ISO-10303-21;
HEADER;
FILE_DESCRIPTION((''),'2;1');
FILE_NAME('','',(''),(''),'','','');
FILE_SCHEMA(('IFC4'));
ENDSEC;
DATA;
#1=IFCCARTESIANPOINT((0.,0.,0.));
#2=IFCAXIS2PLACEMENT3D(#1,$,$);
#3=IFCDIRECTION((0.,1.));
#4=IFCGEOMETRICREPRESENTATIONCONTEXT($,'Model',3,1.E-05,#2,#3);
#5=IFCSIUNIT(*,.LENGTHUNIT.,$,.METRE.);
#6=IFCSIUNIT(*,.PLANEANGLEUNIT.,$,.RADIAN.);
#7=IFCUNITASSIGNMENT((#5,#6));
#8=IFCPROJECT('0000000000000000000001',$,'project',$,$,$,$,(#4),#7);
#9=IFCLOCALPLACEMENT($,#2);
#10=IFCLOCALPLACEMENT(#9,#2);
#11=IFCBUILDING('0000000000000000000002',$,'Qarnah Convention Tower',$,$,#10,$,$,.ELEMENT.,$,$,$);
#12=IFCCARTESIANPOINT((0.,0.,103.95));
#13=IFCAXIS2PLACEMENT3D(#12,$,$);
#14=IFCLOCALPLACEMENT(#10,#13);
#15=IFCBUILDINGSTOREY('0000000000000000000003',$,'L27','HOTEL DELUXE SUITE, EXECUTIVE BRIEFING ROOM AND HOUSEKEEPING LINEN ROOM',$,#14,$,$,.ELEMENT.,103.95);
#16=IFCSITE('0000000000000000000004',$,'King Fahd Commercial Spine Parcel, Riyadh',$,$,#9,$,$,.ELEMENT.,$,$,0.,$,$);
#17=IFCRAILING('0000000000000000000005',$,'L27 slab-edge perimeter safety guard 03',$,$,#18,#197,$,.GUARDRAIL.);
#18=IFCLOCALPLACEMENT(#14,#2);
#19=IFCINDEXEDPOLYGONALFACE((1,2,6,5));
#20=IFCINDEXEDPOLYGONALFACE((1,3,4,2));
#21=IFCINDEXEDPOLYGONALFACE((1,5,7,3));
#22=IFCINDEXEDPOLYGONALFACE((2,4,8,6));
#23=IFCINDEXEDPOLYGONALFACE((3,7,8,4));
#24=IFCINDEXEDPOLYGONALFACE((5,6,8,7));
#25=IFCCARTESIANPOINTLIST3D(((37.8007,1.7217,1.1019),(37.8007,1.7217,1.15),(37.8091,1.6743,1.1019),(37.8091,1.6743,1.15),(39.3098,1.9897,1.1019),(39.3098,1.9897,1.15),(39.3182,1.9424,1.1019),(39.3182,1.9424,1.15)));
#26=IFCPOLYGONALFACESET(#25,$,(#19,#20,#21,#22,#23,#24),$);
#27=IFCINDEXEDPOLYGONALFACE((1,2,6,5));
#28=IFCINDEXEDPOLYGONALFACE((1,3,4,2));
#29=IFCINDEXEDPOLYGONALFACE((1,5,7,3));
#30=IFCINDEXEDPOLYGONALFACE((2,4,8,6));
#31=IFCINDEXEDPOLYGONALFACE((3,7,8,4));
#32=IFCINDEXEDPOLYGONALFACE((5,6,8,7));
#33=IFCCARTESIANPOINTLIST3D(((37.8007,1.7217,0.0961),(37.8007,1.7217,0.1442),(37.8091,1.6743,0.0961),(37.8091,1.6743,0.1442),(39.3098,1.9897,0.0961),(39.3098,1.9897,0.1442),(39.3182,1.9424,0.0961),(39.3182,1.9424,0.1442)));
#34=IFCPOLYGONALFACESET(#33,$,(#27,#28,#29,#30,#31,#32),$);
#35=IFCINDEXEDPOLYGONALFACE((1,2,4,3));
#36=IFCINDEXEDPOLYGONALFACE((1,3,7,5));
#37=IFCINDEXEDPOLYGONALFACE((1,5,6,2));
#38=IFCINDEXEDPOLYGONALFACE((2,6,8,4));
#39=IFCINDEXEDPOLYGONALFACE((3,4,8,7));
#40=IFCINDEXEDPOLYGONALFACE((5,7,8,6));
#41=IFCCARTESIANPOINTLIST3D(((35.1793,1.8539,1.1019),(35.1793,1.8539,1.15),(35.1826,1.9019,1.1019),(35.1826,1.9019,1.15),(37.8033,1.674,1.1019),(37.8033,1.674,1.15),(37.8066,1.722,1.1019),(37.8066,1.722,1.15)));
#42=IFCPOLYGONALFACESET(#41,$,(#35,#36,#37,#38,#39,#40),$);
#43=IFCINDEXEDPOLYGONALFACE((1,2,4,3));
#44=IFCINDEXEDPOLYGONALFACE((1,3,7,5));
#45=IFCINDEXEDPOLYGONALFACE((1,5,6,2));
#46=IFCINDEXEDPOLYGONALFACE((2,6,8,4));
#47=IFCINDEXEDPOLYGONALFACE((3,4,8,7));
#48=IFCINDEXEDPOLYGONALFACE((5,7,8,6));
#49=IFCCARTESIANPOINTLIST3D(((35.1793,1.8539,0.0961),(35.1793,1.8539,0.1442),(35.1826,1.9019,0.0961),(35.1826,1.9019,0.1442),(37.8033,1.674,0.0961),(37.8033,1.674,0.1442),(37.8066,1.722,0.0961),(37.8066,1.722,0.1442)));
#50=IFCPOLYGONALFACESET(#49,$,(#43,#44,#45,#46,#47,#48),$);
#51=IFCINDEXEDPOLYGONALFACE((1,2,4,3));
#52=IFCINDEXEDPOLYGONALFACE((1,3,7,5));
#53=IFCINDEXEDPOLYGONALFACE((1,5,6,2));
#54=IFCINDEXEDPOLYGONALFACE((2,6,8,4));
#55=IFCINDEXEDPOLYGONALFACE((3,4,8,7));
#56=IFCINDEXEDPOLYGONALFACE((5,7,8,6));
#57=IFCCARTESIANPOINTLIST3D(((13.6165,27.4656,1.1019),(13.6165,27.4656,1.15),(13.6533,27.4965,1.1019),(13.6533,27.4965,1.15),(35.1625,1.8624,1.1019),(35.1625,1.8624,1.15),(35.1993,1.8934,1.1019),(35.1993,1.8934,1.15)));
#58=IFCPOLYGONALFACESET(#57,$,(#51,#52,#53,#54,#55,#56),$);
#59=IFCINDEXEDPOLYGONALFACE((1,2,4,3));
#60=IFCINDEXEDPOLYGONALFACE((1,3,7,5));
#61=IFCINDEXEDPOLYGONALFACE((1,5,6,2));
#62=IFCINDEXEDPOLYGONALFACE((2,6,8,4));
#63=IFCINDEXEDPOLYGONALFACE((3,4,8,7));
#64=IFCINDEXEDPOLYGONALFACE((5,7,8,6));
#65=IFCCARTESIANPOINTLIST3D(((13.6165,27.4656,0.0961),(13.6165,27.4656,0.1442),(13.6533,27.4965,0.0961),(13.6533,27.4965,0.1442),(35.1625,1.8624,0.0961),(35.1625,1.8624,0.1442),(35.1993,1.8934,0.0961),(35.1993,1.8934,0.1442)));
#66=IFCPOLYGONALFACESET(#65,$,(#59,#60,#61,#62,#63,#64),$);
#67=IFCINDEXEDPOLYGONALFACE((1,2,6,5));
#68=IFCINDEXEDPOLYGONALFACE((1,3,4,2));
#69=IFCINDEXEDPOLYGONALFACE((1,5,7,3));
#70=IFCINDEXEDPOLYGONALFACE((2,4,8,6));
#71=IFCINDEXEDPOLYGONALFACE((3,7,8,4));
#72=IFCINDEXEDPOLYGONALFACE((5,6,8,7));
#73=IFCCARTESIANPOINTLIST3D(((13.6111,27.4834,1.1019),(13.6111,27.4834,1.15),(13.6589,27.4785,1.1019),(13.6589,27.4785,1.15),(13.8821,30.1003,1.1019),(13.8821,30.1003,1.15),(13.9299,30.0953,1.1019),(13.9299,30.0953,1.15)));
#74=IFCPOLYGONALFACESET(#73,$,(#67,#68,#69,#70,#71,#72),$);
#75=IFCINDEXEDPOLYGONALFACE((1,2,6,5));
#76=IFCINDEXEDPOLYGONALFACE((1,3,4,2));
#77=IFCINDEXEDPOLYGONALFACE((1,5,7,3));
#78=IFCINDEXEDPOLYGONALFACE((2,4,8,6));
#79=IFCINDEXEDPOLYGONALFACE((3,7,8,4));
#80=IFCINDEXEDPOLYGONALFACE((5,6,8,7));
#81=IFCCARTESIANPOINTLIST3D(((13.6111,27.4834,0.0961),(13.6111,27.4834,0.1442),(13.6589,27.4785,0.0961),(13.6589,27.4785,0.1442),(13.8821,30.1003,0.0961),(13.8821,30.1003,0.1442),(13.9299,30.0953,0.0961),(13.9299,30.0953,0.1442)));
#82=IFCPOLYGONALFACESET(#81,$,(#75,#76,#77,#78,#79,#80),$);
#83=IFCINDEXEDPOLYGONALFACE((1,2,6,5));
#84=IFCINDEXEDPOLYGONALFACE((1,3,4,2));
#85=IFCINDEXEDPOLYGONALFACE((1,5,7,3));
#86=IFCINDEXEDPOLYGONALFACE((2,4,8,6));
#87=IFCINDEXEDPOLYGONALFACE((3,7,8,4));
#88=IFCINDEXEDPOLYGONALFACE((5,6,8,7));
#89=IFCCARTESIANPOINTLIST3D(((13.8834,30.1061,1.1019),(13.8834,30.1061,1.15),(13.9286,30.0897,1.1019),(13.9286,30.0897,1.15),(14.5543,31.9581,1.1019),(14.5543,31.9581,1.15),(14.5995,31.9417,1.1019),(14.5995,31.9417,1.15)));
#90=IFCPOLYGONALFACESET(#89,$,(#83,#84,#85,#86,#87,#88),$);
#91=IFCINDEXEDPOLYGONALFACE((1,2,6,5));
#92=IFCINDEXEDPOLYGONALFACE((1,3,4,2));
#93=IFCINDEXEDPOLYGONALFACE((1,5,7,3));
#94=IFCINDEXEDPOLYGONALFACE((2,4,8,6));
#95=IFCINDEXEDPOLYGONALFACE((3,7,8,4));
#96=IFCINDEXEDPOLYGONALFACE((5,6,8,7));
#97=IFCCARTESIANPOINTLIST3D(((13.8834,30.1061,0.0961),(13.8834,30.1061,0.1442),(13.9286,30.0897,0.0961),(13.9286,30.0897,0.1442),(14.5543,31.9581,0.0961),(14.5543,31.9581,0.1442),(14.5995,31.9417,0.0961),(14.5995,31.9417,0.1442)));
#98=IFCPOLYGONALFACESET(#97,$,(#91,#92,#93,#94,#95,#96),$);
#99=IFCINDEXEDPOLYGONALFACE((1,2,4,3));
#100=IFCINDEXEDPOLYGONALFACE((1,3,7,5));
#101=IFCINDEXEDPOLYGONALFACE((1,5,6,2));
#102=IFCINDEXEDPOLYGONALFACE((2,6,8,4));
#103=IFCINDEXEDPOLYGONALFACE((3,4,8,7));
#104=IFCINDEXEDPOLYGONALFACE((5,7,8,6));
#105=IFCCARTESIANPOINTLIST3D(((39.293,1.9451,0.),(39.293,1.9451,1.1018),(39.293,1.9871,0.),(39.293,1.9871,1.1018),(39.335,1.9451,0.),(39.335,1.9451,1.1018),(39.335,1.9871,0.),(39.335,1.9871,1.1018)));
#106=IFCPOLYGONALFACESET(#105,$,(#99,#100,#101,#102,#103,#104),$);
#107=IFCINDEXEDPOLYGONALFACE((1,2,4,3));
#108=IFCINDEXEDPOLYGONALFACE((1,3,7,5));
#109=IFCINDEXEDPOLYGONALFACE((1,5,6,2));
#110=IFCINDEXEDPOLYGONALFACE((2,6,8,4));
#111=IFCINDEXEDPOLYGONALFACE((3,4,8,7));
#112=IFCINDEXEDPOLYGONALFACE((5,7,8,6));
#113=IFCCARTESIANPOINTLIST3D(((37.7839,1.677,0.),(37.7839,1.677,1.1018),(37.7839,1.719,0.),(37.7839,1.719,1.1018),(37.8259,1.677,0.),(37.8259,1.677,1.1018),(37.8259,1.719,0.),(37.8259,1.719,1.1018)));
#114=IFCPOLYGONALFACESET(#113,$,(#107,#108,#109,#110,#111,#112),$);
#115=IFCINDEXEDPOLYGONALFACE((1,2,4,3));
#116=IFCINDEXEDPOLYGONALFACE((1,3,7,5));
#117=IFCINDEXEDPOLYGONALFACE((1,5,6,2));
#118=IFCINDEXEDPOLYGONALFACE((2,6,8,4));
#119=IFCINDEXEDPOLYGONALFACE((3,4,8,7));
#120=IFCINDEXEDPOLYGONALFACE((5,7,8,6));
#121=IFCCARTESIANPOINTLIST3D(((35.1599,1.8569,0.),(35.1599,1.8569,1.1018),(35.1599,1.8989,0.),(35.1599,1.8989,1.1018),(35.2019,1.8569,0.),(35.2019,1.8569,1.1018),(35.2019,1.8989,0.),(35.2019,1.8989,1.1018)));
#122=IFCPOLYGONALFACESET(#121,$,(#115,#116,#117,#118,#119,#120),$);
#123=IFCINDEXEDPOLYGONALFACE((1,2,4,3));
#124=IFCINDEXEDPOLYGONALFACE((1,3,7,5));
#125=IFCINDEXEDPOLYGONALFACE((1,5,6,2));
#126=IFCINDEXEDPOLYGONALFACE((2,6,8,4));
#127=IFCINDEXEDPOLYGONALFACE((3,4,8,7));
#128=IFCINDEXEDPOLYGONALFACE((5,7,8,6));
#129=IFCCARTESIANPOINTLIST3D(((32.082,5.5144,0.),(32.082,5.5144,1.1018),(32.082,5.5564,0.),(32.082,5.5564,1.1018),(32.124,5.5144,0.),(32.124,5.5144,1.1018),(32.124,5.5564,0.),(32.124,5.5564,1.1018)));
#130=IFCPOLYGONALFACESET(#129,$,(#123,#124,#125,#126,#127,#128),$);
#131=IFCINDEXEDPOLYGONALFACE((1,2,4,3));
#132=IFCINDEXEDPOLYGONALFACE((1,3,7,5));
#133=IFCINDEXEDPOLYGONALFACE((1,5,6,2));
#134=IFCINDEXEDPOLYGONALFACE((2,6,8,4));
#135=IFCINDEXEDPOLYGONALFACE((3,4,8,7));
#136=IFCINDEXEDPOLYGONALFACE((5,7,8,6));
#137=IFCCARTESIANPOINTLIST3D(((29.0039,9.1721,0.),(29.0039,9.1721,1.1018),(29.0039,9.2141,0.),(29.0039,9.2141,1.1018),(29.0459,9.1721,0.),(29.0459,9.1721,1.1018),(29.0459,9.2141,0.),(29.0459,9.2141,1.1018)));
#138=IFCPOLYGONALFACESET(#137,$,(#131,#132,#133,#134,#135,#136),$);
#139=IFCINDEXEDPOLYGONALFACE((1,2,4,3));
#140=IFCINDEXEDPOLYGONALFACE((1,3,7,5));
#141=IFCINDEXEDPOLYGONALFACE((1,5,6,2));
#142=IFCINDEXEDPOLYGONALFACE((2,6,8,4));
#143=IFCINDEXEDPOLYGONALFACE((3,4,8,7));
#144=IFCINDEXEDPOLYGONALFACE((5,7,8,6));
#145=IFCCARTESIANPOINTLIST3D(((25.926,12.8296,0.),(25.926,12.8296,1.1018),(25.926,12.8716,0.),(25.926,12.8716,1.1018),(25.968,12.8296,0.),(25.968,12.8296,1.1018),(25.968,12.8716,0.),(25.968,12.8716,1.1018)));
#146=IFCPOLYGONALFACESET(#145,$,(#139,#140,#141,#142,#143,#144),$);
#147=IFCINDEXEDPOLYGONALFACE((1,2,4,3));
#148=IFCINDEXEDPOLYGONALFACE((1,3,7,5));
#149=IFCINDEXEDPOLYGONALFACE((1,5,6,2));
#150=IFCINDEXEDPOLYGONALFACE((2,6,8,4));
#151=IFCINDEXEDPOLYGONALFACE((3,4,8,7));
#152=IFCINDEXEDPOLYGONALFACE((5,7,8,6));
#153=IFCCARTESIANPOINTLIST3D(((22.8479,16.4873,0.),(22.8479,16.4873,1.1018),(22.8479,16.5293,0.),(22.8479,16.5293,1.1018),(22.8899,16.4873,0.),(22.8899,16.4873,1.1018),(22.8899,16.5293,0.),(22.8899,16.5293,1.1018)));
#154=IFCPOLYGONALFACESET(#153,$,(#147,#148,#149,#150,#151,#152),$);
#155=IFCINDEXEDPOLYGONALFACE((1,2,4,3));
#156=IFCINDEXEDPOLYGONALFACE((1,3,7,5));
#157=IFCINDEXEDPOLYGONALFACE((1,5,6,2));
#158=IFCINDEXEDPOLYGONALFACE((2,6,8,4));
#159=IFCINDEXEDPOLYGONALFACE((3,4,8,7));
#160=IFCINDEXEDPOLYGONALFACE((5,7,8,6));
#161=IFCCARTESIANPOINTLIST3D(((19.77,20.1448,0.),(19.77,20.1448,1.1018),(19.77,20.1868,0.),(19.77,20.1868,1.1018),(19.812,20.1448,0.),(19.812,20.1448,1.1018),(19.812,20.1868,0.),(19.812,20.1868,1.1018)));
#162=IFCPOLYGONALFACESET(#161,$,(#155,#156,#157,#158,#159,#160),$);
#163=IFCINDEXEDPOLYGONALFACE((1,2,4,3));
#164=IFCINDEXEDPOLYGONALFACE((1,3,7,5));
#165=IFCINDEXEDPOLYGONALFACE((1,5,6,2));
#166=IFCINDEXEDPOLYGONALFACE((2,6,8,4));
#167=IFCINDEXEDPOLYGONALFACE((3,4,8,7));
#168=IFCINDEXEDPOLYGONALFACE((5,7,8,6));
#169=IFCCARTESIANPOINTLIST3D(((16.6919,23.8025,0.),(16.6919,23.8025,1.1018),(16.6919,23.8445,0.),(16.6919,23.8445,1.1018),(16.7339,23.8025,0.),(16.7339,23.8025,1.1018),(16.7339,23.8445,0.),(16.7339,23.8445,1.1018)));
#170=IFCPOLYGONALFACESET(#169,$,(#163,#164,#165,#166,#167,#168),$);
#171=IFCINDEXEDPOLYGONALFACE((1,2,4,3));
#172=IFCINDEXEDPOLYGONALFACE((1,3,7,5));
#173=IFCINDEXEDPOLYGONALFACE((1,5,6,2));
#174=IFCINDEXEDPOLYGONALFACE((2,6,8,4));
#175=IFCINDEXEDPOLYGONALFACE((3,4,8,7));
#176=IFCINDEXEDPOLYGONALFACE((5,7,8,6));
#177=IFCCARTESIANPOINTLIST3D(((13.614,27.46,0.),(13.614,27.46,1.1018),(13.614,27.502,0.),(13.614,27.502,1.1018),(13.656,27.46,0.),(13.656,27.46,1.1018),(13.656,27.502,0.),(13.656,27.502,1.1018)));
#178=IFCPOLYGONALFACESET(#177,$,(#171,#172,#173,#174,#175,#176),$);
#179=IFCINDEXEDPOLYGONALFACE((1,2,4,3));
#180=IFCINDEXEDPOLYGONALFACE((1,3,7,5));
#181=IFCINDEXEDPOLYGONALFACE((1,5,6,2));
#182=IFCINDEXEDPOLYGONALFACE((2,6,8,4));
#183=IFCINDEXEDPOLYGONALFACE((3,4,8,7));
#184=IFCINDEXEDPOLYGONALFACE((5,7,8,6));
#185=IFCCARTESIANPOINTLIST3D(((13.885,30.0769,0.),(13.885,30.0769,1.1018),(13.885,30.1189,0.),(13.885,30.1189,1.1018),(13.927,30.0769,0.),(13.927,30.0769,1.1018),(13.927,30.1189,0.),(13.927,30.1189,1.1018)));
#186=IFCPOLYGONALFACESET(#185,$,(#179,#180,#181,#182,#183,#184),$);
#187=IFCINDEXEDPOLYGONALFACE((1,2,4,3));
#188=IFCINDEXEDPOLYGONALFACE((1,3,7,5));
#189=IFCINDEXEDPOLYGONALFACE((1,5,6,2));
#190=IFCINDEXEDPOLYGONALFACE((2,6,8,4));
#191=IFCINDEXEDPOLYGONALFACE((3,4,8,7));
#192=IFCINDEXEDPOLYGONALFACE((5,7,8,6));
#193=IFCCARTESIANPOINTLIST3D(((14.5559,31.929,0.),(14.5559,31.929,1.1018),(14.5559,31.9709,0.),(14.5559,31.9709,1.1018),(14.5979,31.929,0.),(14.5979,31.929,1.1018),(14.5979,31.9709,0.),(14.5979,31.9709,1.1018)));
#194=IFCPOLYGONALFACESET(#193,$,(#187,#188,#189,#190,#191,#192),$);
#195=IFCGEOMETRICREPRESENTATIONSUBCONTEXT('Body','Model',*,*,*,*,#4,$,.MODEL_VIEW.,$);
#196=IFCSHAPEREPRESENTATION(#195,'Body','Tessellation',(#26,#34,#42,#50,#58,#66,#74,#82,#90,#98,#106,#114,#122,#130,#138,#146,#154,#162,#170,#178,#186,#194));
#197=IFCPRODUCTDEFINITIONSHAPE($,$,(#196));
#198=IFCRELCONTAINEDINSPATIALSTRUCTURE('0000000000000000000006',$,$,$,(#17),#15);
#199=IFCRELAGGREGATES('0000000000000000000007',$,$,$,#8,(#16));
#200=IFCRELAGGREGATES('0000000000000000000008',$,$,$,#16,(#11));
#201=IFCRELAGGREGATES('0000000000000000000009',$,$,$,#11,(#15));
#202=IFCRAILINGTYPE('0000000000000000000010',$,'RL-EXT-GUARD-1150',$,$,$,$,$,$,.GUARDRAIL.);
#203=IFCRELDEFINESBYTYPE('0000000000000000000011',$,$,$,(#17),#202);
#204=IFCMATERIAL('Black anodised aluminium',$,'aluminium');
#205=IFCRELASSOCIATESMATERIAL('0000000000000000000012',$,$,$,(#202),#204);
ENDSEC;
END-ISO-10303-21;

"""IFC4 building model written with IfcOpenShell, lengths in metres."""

from ifc_helpers import new_model, si_unit, direction, frame, origin, origin_2d, place, context, subcontext, project, spatial, rectangle, extrude, material, type_object, element, save


model = new_model("IFC4")

# Units and contexts
model_context = context("Model", 3, precision=1e-05, world=origin(), true_north=direction((0.0, 1.0)))
body_context = subcontext(model_context, "Body", "Model", "MODEL_VIEW")
ifc_project = project(units=[si_unit("LENGTHUNIT", "METRE"), si_unit("PLANEANGLEUNIT", "RADIAN")], contexts=[model_context])

# Site, building, storey
site_placement = place(None, origin())
site = spatial("IfcSite", under=ifc_project, at=site_placement, Name="King Fahd Commercial Spine Parcel, Riyadh", CompositionType="ELEMENT", RefElevation=0.0)
building_placement = place(site_placement, origin())
building = spatial("IfcBuilding", under=site, at=building_placement, Name="Qarnah Convention Tower", CompositionType="ELEMENT")
storey_placement = place(building_placement, frame((0.0, 0.0, 103.95)))
storey = spatial("IfcBuildingStorey", under=building, at=storey_placement, Name="L27", Description="HOTEL DELUXE SUITE, EXECUTIVE BRIEFING ROOM AND HOUSEKEEPING LINEN ROOM", CompositionType="ELEMENT", Elevation=103.95)

# Shared definitions
ifc_material_1 = material(Name="Black anodised aluminium", Category="aluminium")

# Railing
railing_type = type_object("IfcRailingType", Name="RL-EXT-GUARD-1150", PredefinedType="GUARDRAIL", material=ifc_material_1)
railing_1_placement = place(storey_placement, frame((39.314, 1.9661, 0.0)))
element("IfcRailing", 1, at=railing_1_placement, inside=storey, type_object=railing_type, Name="L27 slab-edge perimeter safety guard 03", PredefinedType="GUARDRAIL", context=body_context, shape_type="SweptSolid", body=[
    extrude(rectangle(XDim=0.0481, YDim=0.0481, at=origin_2d()), frame((0.0, 0.0, 1.126), z_axis=(-0.984586, -0.174903, 0.0), x_axis=(0.174903, -0.984586, 0.0)), (0.0, 0.0, 1.0), 1.5327),
    extrude(rectangle(XDim=0.0481, YDim=0.0481, at=origin_2d()), frame((0.0, 0.0, 0.1201), z_axis=(-0.984586, -0.174903, 0.0), x_axis=(0.174903, -0.984586, 0.0)), (0.0, 0.0, 1.0), 1.5327),
    extrude(rectangle(XDim=0.0481, YDim=0.0481, at=origin_2d()), frame((-1.509, -0.2681, 1.126), z_axis=(-0.997657, 0.06841, 0.0), x_axis=(-0.06841, -0.997657, 0.0)), (0.0, 0.0, 1.0), 2.6301),
    extrude(rectangle(XDim=0.0481, YDim=0.0481, at=origin_2d()), frame((-1.509, -0.2681, 0.1201), z_axis=(-0.997657, 0.06841, 0.0), x_axis=(-0.06841, -0.997657, 0.0)), (0.0, 0.0, 1.0), 2.6301),
    extrude(rectangle(XDim=0.0481, YDim=0.0481, at=origin_2d()), frame((-4.1331, -0.0881, 1.126), z_axis=(-0.643881, 0.765125, 0.0), x_axis=(-0.765125, -0.643881, 0.0)), (0.0, 0.0, 1.0), 33.4626),
    extrude(rectangle(XDim=0.0481, YDim=0.0481, at=origin_2d()), frame((-4.1331, -0.0881, 0.1201), z_axis=(-0.643881, 0.765125, 0.0), x_axis=(-0.765125, -0.643881, 0.0)), (0.0, 0.0, 1.0), 33.4626),
    extrude(rectangle(XDim=0.0481, YDim=0.0481, at=origin_2d()), frame((-25.679, 25.5149, 1.126), z_axis=(0.103004, 0.994681, 0.0), x_axis=(-0.994681, 0.103004, 0.0)), (0.0, 0.0, 1.0), 2.6309),
    extrude(rectangle(XDim=0.0481, YDim=0.0481, at=origin_2d()), frame((-25.679, 25.5149, 0.1201), z_axis=(0.103004, 0.994681, 0.0), x_axis=(-0.994681, 0.103004, 0.0)), (0.0, 0.0, 1.0), 2.6309),
    extrude(rectangle(XDim=0.0481, YDim=0.0481, at=origin_2d()), frame((-25.408, 28.1318, 1.126), z_axis=(0.340588, 0.940212, 0.0), x_axis=(-0.940212, 0.340588, 0.0)), (0.0, 0.0, 1.0), 1.9697),
    extrude(rectangle(XDim=0.0481, YDim=0.0481, at=origin_2d()), frame((-25.408, 28.1318, 0.1201), z_axis=(0.340588, 0.940212, 0.0), x_axis=(-0.940212, 0.340588, 0.0)), (0.0, 0.0, 1.0), 1.9697),
    extrude(rectangle(XDim=0.042, YDim=0.042, at=origin_2d()), origin(), (0.0, 0.0, 1.0), 1.1018),
    extrude(rectangle(XDim=0.042, YDim=0.042, at=origin_2d()), frame((-1.509, -0.2681, 0.0)), (0.0, 0.0, 1.0), 1.1018),
    extrude(rectangle(XDim=0.042, YDim=0.042, at=origin_2d()), frame((-4.1331, -0.0881, 0.0)), (0.0, 0.0, 1.0), 1.1018),
    extrude(rectangle(XDim=0.042, YDim=0.042, at=origin_2d()), frame((-7.2109, 3.5693, 0.0)), (0.0, 0.0, 1.0), 1.1018),
    extrude(rectangle(XDim=0.042, YDim=0.042, at=origin_2d()), frame((-10.2891, 7.2271, 0.0)), (0.0, 0.0, 1.0), 1.1018),
    extrude(rectangle(XDim=0.042, YDim=0.042, at=origin_2d()), frame((-13.3669, 10.8845, 0.0)), (0.0, 0.0, 1.0), 1.1018),
    extrude(rectangle(XDim=0.042, YDim=0.042, at=origin_2d()), frame((-16.4451, 14.5422, 0.0)), (0.0, 0.0, 1.0), 1.1018),
    extrude(rectangle(XDim=0.042, YDim=0.042, at=origin_2d()), frame((-19.5229, 18.1997, 0.0)), (0.0, 0.0, 1.0), 1.1018),
    extrude(rectangle(XDim=0.042, YDim=0.042, at=origin_2d()), frame((-22.6011, 21.8574, 0.0)), (0.0, 0.0, 1.0), 1.1018),
    extrude(rectangle(XDim=0.042, YDim=0.042, at=origin_2d()), frame((-25.679, 25.5149, 0.0)), (0.0, 0.0, 1.0), 1.1018),
    extrude(rectangle(XDim=0.042, YDim=0.042, at=origin_2d()), frame((-25.408, 28.1318, 0.0)), (0.0, 0.0, 1.0), 1.1018),
    extrude(rectangle(XDim=0.042, YDim=0.042, at=origin_2d()), frame((-24.7371, 29.9839, 0.0)), (0.0, 0.0, 1.0), 1.1018),
])

save(model, "model.ifc")
